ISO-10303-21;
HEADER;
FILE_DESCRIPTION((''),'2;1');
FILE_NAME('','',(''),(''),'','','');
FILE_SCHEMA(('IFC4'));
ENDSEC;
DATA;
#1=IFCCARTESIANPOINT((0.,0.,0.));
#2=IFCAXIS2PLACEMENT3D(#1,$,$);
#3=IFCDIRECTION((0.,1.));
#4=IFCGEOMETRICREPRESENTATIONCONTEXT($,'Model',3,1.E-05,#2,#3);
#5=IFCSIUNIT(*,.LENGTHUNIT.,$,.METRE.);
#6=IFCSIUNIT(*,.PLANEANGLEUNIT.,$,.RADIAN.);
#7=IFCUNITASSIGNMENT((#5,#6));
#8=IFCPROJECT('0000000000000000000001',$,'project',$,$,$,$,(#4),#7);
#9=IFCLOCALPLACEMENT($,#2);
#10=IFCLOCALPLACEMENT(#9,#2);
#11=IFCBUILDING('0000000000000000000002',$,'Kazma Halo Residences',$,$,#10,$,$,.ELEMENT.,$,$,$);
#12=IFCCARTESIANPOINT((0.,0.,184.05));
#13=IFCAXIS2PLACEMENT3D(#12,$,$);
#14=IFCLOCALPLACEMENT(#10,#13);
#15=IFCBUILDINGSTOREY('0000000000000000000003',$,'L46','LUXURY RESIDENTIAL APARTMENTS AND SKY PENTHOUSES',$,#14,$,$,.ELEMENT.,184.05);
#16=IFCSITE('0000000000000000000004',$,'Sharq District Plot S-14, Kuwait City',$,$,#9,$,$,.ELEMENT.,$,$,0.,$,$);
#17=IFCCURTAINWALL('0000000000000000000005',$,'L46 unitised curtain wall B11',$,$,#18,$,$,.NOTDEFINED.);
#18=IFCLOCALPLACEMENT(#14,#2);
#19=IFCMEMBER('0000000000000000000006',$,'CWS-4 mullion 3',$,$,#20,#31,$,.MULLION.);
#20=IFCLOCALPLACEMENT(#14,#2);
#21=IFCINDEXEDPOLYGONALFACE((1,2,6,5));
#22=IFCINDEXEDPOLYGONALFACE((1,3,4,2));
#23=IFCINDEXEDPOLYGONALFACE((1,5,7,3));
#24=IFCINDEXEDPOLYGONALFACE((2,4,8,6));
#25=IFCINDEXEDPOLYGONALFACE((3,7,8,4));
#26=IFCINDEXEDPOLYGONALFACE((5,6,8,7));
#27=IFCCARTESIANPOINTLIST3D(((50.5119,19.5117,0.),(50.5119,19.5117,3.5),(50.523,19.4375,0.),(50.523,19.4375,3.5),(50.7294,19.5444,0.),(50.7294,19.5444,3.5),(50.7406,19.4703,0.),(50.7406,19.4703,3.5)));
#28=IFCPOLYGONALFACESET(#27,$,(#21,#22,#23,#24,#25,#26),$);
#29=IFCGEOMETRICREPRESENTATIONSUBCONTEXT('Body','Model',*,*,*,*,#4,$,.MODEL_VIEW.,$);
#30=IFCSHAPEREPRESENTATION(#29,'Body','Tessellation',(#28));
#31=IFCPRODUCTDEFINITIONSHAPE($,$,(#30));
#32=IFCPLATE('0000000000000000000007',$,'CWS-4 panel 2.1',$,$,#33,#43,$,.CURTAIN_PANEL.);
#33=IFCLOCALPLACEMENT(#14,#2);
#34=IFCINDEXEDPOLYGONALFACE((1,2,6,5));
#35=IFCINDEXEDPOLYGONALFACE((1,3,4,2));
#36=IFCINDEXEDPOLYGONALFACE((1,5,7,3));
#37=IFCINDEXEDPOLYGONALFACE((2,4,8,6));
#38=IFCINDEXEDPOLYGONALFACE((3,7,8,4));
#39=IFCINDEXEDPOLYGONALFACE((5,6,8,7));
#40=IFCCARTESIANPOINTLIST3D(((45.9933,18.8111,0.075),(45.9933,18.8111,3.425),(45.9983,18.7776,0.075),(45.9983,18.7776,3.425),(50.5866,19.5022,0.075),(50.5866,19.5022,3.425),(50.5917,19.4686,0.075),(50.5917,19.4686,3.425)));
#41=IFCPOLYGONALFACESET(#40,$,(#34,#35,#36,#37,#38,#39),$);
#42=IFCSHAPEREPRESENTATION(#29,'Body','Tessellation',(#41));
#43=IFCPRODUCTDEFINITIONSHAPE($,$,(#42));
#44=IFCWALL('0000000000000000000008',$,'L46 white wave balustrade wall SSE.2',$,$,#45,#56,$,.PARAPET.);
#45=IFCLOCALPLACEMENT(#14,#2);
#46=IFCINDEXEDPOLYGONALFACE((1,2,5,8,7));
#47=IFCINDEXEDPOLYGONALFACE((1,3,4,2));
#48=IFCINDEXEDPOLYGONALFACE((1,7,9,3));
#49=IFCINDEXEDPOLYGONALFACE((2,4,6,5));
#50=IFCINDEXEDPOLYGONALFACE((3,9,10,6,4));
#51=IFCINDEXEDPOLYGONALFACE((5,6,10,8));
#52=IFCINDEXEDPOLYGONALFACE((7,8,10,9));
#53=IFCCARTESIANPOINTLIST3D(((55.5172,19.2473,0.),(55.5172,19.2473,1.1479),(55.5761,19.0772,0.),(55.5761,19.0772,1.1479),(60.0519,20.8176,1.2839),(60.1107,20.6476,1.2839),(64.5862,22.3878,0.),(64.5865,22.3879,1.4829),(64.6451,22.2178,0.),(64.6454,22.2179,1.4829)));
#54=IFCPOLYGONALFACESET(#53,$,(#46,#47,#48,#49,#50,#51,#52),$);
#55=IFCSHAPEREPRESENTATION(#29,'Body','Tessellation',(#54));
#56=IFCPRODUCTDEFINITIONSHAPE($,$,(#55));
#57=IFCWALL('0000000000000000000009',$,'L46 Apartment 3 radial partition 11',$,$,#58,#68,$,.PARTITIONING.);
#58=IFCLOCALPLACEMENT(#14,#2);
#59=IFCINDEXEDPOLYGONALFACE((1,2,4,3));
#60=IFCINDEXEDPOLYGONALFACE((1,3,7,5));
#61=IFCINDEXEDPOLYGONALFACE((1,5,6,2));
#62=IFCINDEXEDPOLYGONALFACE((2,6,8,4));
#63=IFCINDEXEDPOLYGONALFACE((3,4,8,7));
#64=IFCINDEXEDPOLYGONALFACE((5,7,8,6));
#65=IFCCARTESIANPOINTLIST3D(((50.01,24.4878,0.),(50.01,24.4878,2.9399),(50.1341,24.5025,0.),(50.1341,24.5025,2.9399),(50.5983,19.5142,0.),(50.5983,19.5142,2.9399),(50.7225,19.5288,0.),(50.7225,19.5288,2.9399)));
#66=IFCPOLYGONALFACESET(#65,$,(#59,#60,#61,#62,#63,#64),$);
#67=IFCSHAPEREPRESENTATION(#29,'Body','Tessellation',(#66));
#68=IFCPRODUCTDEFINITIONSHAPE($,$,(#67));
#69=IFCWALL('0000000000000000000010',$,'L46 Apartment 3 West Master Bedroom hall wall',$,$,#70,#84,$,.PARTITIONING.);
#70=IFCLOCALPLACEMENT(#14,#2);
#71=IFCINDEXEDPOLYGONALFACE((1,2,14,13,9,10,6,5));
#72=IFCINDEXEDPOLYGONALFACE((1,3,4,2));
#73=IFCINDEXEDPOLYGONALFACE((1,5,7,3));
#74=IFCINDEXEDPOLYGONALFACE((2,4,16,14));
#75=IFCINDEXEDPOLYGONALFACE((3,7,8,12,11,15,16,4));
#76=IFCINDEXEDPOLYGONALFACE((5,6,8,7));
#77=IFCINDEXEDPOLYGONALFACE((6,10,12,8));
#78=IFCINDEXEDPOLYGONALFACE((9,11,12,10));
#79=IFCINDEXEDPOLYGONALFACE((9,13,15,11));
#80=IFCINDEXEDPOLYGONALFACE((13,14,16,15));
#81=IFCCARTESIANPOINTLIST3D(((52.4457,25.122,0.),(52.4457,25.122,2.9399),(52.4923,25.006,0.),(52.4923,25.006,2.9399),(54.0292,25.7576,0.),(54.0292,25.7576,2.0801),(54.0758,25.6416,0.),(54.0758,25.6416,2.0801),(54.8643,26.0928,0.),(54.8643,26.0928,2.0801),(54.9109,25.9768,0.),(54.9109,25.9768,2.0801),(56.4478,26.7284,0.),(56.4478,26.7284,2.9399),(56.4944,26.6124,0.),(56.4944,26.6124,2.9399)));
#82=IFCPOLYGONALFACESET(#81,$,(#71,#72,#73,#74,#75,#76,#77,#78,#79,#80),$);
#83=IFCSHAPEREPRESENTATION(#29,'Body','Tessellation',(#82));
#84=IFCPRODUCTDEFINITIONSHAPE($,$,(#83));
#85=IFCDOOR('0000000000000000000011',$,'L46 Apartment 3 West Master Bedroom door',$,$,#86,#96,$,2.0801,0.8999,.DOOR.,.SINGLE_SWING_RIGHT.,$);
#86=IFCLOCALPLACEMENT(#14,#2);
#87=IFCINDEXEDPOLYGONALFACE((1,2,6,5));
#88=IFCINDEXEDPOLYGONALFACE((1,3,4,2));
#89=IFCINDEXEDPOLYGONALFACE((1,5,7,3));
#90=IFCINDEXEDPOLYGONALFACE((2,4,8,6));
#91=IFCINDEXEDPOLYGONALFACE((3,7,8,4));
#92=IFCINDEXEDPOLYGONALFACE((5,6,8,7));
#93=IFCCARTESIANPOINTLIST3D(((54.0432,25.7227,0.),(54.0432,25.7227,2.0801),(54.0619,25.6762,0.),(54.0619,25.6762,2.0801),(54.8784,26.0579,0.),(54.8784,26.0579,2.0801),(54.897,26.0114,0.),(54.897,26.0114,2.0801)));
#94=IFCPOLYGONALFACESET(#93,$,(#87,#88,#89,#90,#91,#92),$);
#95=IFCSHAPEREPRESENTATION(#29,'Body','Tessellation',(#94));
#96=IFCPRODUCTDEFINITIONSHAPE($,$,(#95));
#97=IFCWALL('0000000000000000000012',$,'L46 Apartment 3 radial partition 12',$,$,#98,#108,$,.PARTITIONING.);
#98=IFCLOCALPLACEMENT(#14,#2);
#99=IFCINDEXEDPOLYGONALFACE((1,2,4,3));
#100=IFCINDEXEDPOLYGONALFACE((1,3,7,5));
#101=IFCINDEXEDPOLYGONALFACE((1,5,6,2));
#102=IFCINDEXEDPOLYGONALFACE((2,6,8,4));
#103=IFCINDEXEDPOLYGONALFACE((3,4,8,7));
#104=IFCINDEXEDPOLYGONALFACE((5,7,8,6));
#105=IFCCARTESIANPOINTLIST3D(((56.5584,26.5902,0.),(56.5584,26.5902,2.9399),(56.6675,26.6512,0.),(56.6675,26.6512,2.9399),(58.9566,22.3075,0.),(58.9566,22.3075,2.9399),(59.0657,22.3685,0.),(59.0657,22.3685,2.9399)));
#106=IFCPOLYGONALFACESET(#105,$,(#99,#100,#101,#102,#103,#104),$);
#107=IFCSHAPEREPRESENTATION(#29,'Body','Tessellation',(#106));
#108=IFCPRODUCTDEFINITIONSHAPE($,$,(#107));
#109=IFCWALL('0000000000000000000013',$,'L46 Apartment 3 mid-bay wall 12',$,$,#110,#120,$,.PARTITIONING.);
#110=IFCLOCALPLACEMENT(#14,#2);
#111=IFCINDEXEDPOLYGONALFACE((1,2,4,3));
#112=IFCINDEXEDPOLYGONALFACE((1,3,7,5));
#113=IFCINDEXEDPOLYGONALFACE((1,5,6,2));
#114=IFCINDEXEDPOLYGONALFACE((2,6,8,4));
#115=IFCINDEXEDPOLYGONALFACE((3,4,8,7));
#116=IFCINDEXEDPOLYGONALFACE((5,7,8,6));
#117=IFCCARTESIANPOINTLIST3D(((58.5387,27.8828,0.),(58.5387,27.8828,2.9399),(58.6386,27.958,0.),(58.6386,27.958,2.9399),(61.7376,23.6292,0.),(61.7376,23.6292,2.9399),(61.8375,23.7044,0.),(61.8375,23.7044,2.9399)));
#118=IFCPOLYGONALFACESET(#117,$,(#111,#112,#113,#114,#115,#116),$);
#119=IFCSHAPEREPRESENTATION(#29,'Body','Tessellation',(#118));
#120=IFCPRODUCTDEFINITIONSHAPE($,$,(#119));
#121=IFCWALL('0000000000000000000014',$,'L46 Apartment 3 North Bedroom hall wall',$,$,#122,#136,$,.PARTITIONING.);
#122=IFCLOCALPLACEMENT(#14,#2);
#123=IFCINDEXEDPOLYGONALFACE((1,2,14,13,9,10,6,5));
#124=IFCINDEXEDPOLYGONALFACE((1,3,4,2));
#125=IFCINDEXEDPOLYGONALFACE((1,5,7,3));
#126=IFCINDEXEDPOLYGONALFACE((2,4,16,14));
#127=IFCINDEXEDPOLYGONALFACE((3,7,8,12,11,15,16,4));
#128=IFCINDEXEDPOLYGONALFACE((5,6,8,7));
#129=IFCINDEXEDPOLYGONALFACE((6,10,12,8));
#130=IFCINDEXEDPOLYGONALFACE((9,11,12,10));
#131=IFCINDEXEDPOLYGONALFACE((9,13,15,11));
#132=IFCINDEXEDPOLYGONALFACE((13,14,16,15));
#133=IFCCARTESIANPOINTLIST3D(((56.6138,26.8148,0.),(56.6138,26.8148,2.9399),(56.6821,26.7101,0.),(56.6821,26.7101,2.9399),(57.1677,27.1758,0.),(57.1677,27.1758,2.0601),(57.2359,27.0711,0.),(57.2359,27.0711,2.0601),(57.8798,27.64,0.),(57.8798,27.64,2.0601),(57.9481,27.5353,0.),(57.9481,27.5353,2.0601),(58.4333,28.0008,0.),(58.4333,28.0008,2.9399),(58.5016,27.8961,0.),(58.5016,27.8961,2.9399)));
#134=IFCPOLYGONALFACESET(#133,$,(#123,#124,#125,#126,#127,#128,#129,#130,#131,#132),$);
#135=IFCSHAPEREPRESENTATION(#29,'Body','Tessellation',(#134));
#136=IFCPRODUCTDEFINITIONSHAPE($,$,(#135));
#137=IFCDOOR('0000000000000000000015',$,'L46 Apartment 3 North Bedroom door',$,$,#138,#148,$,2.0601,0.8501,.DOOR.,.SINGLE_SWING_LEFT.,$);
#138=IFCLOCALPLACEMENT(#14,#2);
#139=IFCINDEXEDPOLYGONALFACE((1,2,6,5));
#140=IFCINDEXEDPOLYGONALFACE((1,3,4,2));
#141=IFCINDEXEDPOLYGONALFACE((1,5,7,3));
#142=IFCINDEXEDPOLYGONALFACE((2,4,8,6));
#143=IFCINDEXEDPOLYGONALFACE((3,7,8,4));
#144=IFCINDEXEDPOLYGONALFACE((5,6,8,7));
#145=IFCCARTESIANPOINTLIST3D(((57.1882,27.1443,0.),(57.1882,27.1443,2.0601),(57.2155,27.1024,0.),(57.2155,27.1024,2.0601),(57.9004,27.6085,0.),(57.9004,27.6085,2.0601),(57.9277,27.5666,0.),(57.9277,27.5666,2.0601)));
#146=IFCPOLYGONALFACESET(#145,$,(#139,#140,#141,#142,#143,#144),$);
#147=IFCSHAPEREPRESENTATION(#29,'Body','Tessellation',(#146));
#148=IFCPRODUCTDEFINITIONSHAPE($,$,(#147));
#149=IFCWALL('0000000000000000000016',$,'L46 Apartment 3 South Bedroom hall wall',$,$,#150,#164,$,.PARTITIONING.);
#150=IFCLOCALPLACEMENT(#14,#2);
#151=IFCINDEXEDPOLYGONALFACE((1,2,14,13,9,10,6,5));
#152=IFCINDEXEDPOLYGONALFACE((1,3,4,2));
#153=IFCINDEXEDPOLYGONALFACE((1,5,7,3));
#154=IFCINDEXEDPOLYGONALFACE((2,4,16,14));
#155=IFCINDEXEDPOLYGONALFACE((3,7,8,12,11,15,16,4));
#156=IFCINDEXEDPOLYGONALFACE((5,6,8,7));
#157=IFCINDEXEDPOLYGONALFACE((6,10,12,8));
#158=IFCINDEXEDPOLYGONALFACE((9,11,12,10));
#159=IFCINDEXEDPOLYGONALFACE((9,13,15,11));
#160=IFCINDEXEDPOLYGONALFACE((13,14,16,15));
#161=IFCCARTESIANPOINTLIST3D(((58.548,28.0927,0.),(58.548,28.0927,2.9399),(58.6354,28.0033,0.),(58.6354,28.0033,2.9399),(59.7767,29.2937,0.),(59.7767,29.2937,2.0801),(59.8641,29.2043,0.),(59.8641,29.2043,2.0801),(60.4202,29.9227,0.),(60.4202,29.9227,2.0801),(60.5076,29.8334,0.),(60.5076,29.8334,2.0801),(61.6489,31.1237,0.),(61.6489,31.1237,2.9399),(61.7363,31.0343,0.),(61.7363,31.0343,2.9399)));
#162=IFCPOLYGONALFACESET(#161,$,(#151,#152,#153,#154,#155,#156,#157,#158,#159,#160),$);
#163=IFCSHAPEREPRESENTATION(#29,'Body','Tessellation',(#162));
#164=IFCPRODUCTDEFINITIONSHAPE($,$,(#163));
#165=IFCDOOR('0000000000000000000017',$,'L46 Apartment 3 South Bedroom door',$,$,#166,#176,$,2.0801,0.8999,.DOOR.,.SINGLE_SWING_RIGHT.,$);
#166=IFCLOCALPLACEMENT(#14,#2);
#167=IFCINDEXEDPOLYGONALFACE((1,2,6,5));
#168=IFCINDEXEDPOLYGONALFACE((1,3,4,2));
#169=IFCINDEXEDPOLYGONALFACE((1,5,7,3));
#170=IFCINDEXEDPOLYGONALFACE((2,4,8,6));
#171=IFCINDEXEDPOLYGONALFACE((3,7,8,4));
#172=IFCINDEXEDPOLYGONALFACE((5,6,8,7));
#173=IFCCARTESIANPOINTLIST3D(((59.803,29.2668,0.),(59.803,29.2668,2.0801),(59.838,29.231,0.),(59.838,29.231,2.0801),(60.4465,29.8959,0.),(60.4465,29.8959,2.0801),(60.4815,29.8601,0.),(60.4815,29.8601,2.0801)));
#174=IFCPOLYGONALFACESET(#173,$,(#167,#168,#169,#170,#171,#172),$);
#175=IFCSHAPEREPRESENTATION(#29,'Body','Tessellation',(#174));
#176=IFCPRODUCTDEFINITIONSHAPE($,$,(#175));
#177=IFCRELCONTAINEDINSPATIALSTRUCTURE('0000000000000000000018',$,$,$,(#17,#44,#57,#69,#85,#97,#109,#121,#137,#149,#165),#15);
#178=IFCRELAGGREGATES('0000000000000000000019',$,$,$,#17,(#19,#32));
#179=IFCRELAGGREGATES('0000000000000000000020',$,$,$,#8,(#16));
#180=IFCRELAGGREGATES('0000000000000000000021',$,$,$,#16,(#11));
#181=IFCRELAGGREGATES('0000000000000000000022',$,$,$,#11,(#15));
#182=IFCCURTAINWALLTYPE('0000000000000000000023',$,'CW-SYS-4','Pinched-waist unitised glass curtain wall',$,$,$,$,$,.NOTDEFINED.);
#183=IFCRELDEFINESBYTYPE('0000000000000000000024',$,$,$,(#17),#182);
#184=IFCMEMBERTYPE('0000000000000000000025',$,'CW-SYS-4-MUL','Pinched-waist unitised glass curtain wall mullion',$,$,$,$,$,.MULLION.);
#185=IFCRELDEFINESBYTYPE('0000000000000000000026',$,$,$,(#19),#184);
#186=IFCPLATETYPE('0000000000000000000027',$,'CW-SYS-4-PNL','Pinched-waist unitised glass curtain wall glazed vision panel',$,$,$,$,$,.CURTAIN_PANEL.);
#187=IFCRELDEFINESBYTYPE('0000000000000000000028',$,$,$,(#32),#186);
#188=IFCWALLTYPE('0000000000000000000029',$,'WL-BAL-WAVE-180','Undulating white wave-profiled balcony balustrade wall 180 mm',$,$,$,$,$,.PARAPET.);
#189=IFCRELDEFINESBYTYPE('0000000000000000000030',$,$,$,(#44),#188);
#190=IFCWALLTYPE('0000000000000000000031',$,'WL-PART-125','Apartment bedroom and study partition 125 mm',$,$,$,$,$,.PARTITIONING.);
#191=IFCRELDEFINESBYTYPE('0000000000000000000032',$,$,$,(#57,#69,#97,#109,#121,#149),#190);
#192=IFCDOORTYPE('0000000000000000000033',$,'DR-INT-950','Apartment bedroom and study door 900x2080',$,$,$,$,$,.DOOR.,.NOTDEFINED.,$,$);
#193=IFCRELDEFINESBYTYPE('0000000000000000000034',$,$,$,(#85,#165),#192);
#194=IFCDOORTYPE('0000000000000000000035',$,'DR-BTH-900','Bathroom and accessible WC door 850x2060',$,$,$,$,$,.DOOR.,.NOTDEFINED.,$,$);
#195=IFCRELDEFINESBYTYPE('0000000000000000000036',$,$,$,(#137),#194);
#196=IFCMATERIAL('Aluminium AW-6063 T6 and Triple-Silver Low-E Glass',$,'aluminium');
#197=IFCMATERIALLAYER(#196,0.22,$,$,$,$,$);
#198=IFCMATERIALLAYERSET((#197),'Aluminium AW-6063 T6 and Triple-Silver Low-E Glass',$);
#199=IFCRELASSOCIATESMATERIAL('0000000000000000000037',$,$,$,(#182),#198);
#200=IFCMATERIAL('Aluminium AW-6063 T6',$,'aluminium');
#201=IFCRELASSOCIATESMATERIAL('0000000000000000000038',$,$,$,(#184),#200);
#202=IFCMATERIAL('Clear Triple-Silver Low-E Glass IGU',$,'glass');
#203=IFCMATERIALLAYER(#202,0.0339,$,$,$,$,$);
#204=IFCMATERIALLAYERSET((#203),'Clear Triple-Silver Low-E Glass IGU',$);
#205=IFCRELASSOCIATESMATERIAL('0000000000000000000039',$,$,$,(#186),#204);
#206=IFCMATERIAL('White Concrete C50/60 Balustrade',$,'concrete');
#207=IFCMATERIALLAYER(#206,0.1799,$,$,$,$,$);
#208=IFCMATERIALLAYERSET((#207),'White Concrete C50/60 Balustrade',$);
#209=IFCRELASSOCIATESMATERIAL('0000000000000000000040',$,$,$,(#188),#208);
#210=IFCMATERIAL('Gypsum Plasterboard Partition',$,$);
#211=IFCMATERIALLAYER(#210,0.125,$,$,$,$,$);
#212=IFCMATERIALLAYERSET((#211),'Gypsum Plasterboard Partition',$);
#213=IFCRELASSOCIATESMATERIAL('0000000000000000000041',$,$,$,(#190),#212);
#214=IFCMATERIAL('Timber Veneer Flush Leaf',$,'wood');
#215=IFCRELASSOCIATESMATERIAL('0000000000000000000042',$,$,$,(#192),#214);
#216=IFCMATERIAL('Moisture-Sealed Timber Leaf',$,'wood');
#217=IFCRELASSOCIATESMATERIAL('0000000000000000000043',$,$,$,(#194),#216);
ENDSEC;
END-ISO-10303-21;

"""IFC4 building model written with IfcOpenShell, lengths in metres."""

from ifc_helpers import new_model, si_unit, direction, frame, frame_2d, origin, origin_2d, place, context, subcontext, project, spatial, polyline, rectangle, outline, extrude, material, layer, layer_set, material_profile, profile_set, type_object, element, fill, aggregate, save


model = new_model("IFC4")

# Units and contexts
model_context = context("Model", 3, precision=1e-05, world=origin(), true_north=direction((0.0, 1.0)))
body_context = subcontext(model_context, "Body", "Model", "MODEL_VIEW")
ifc_project = project(units=[si_unit("LENGTHUNIT", "METRE"), si_unit("PLANEANGLEUNIT", "RADIAN")], contexts=[model_context])

# Site, building, storey
site_placement = place(None, origin())
site = spatial("IfcSite", under=ifc_project, at=site_placement, Name="Sharq District Plot S-14, Kuwait City", CompositionType="ELEMENT", RefElevation=0.0)
building_placement = place(site_placement, origin())
building = spatial("IfcBuilding", under=site, at=building_placement, Name="Kazma Halo Residences", CompositionType="ELEMENT")
storey_placement = place(building_placement, frame((0.0, 0.0, 184.05)))
storey = spatial("IfcBuildingStorey", under=building, at=storey_placement, Name="L46", Description="LUXURY RESIDENTIAL APARTMENTS AND SKY PENTHOUSES", CompositionType="ELEMENT", Elevation=184.05)

# Curtain wall, member, plate
ifc_material_1 = material(Name="Aluminium AW-6063 T6 and Triple-Silver Low-E Glass", Category="aluminium")
ifc_layer_1 = layer(ifc_material_1, 0.22)
ifc_layer_set_1 = layer_set([ifc_layer_1], Name="Aluminium AW-6063 T6 and Triple-Silver Low-E Glass")
curtain_wall_type = type_object("IfcCurtainWallType", Name="CW-SYS-4", Description="Pinched-waist unitised glass curtain wall", PredefinedType="NOTDEFINED", material=ifc_layer_set_1)
curtain_wall_placement = place(storey_placement, origin())
curtain_wall = element("IfcCurtainWall", 1, at=curtain_wall_placement, inside=storey, type_object=curtain_wall_type, Name="L46 unitised curtain wall B11", PredefinedType="NOTDEFINED")
ifc_material_2 = material(Name="Aluminium AW-6063 T6", Category="aluminium")
ifc_material_profile_1 = material_profile(ifc_material_2, rectangle(XDim=0.075, YDim=0.22, at=origin_2d()), Name="CWM-75x220")
ifc_profile_set_1 = profile_set([ifc_material_profile_1], Name="Aluminium AW-6063 T6")
member_type = type_object("IfcMemberType", Name="CW-SYS-4-MUL", Description="Pinched-waist unitised glass curtain wall mullion", PredefinedType="MULLION", material=ifc_profile_set_1)
member_placement = place(storey_placement, frame((50.6262, 19.491, 0.0), z_axis=(0.0, 0.0, 1.0), x_axis=(-0.148773, 0.988871, 0.0)))
member = element("IfcMember", 2, at=member_placement, type_object=member_type, Name="CWS-4 mullion 3", PredefinedType="MULLION", context=body_context, shape_type="SweptSolid", body=[
    extrude(rectangle(XDim=0.075, YDim=0.22, at=origin_2d()), origin(), (0.0, 0.0, 1.0), 3.5),
])
ifc_material_3 = material(Name="Clear Triple-Silver Low-E Glass IGU", Category="glass")
ifc_layer_2 = layer(ifc_material_3, 0.0339)
ifc_layer_set_2 = layer_set([ifc_layer_2], Name="Clear Triple-Silver Low-E Glass IGU")
plate_type = type_object("IfcPlateType", Name="CW-SYS-4-PNL", Description="Pinched-waist unitised glass curtain wall glazed vision panel", PredefinedType="CURTAIN_PANEL", material=ifc_layer_set_2)
plate_placement = place(storey_placement, frame((48.2925, 19.1399, 0.075), z_axis=(0.0, 0.0, 1.0), x_axis=(0.988871, 0.148773, 0.0)))
plate = element("IfcPlate", 3, at=plate_placement, type_object=plate_type, Name="CWS-4 panel 2.1", PredefinedType="CURTAIN_PANEL", context=body_context, shape_type="SweptSolid", body=[
    extrude(rectangle(XDim=4.645, YDim=0.0339, at=origin_2d()), origin(), (0.0, 0.0, 1.0), 3.3501),
])
aggregate(curtain_wall, [member, plate])

# Wall
ifc_material_4 = material(Name="White Concrete C50/60 Balustrade", Category="concrete")
ifc_layer_3 = layer(ifc_material_4, 0.1799)
ifc_layer_set_3 = layer_set([ifc_layer_3], Name="White Concrete C50/60 Balustrade")
wall_type_1 = type_object("IfcWallType", Name="WL-BAL-WAVE-180", Description="Undulating white wave-profiled balcony balustrade wall 180 mm", PredefinedType="PARAPET", material=ifc_layer_set_3)
wall_1_placement = place(storey_placement, frame((55.5466, 19.1624, 0.0), z_axis=(0.0, 0.0, 1.0), x_axis=(0.944943, 0.327234, 0.0)))
element("IfcWall", 4, at=wall_1_placement, inside=storey, type_object=wall_type_1, Name="L46 white wave balustrade wall SSE.2", PredefinedType="PARAPET", context=body_context, shape_type="SweptSolid", body=[
    extrude(outline(polyline([(0.0, 0.0), (9.5974, 0.0), (9.5977, 1.4829), (4.7988, 1.2839), (0.0, 1.1479), (0.0, 0.0)])), frame((0.0, 0.0898, 0.0), z_axis=(0.0, -1.0, 0.0), x_axis=(1.0, 0.0, 0.0)), (0.0, 0.0, 1.0), 0.1799),
])

# Wall
ifc_material_5 = material(Name="Gypsum Plasterboard Partition")
ifc_layer_4 = layer(ifc_material_5, 0.125)
ifc_layer_set_4 = layer_set([ifc_layer_4], Name="Gypsum Plasterboard Partition")
wall_type_2 = type_object("IfcWallType", Name="WL-PART-125", Description="Apartment bedroom and study partition 125 mm", PredefinedType="PARTITIONING", material=ifc_layer_set_4)
wall_2_placement = place(storey_placement, frame((50.072, 24.4951, 0.0), z_axis=(0.0, 0.0, 1.0), x_axis=(0.11748, -0.993075, 0.0)))
element("IfcWall", 5, at=wall_2_placement, inside=storey, type_object=wall_type_2, Name="L46 Apartment 3 radial partition 11", PredefinedType="PARTITIONING", context=body_context, shape_type="SweptSolid", body=[
    extrude(rectangle(XDim=5.0083, YDim=0.125, at=frame_2d((2.5042, 0.0))), origin(), (0.0, 0.0, 1.0), 2.9399),
])

# Wall, opening, door
wall_3_placement = place(storey_placement, frame((52.469, 25.064, 0.0), z_axis=(0.0, 0.0, 1.0), x_axis=(0.928031, 0.372503, 0.0)))
wall_3 = element("IfcWall", 6, at=wall_3_placement, inside=storey, type_object=wall_type_2, Name="L46 Apartment 3 West Master Bedroom hall wall", PredefinedType="PARTITIONING", context=body_context, shape_type="SweptSolid", body=[
    extrude(rectangle(XDim=4.3125, YDim=0.125, at=frame_2d((2.1562, 0.0))), origin(), (0.0, 0.0, 1.0), 2.9399),
])
opening_1_placement = place(wall_3_placement, frame((1.7063, 0.0, 0.0)))
opening_1 = element("IfcOpeningElement", 7, at=opening_1_placement, cuts=wall_3, PredefinedType="OPENING", context=body_context, shape_type="SweptSolid", body=[
    extrude(rectangle(XDim=0.8999, YDim=2.0801, at=frame_2d((0.45, 1.04))), frame((0.0, 0.0725, 0.0), z_axis=(0.0, -1.0, 0.0), x_axis=(1.0, 0.0, 0.0)), (0.0, 0.0, 1.0), 0.145),
])
ifc_material_6 = material(Name="Timber Veneer Flush Leaf", Category="wood")
door_type_1 = type_object("IfcDoorType", Name="DR-INT-950", Description="Apartment bedroom and study door 900x2080", OperationType="NOTDEFINED", PredefinedType="DOOR", material=ifc_material_6)
door_1_placement = place(opening_1_placement, origin())
door_1 = element("IfcDoor", 8, at=door_1_placement, inside=storey, type_object=door_type_1, Name="L46 Apartment 3 West Master Bedroom door", OperationType="SINGLE_SWING_RIGHT", OverallHeight=2.0801, OverallWidth=0.8999, PredefinedType="DOOR", context=body_context, shape_type="SweptSolid", body=[
    extrude(rectangle(XDim=0.8999, YDim=2.0801, at=frame_2d((0.45, 1.04))), frame((0.0, 0.0249, 0.0), z_axis=(0.0, -1.0, 0.0), x_axis=(1.0, 0.0, 0.0)), (0.0, 0.0, 1.0), 0.05),
])
fill(opening_1, door_1)

# Walls
wall_4_placement = place(storey_placement, frame((56.613, 26.6206, 0.0), z_axis=(0.0, 0.0, 1.0), x_axis=(0.488584, -0.872517, 0.0)))
element("IfcWall", 9, at=wall_4_placement, inside=storey, type_object=wall_type_2, Name="L46 Apartment 3 radial partition 12", PredefinedType="PARTITIONING", context=body_context, shape_type="SweptSolid", body=[
    extrude(rectangle(XDim=4.9084, YDim=0.125, at=frame_2d((2.4541, 0.0))), origin(), (0.0, 0.0, 1.0), 2.9399),
])
wall_5_placement = place(storey_placement, frame((58.5886, 27.9204, 0.0), z_axis=(0.0, 0.0, 1.0), x_axis=(0.601049, -0.799212, 0.0)))
element("IfcWall", 10, at=wall_5_placement, inside=storey, type_object=wall_type_2, Name="L46 Apartment 3 mid-bay wall 12", PredefinedType="PARTITIONING", context=body_context, shape_type="SweptSolid", body=[
    extrude(rectangle(XDim=5.3223, YDim=0.125, at=frame_2d((2.6611, 0.0))), origin(), (0.0, 0.0, 1.0), 2.9399),
])

# Walls, openings, doors
wall_6_placement = place(storey_placement, frame((56.6479, 26.7625, 0.0), z_axis=(0.0, 0.0, 1.0), x_axis=(0.837747, 0.546059, 0.0)))
wall_6 = element("IfcWall", 11, at=wall_6_placement, inside=storey, type_object=wall_type_2, Name="L46 Apartment 3 North Bedroom hall wall", PredefinedType="PARTITIONING", context=body_context, shape_type="SweptSolid", body=[
    extrude(rectangle(XDim=2.1719, YDim=0.125, at=frame_2d((1.0859, 0.0))), origin(), (0.0, 0.0, 1.0), 2.9399),
])
opening_2_placement = place(wall_6_placement, frame((0.6611, 0.0, 0.0)))
opening_2 = element("IfcOpeningElement", 12, at=opening_2_placement, cuts=wall_6, PredefinedType="OPENING", context=body_context, shape_type="SweptSolid", body=[
    extrude(rectangle(XDim=0.8501, YDim=2.0601, at=frame_2d((0.425, 1.03))), frame((0.0, 0.0725, 0.0), z_axis=(0.0, -1.0, 0.0), x_axis=(1.0, 0.0, 0.0)), (0.0, 0.0, 1.0), 0.145),
])
ifc_material_7 = material(Name="Moisture-Sealed Timber Leaf", Category="wood")
door_type_2 = type_object("IfcDoorType", Name="DR-BTH-900", Description="Bathroom and accessible WC door 850x2060", OperationType="NOTDEFINED", PredefinedType="DOOR", material=ifc_material_7)
door_2_placement = place(opening_2_placement, origin())
door_2 = element("IfcDoor", 13, at=door_2_placement, inside=storey, type_object=door_type_2, Name="L46 Apartment 3 North Bedroom door", OperationType="SINGLE_SWING_LEFT", OverallHeight=2.0601, OverallWidth=0.8501, PredefinedType="DOOR", context=body_context, shape_type="SweptSolid", body=[
    extrude(rectangle(XDim=0.8501, YDim=2.0601, at=frame_2d((0.425, 1.03))), frame((0.0, 0.0249, 0.0), z_axis=(0.0, -1.0, 0.0), x_axis=(1.0, 0.0, 0.0)), (0.0, 0.0, 1.0), 0.05),
])
fill(opening_2, door_2)
wall_7_placement = place(storey_placement, frame((58.5918, 28.0481, 0.0), z_axis=(0.0, 0.0, 1.0), x_axis=(0.715112, 0.69901, 0.0)))
wall_7 = element("IfcWall", 14, at=wall_7_placement, inside=storey, type_object=wall_type_2, Name="L46 Apartment 3 South Bedroom hall wall", PredefinedType="PARTITIONING", context=body_context, shape_type="SweptSolid", body=[
    extrude(rectangle(XDim=4.3362, YDim=0.125, at=frame_2d((2.168, 0.0))), origin(), (0.0, 0.0, 1.0), 2.9399),
])
opening_3_placement = place(wall_7_placement, frame((1.718, 0.0, 0.0)))
opening_3 = element("IfcOpeningElement", 15, at=opening_3_placement, cuts=wall_7, PredefinedType="OPENING", context=body_context, shape_type="SweptSolid", body=[
    extrude(rectangle(XDim=0.8999, YDim=2.0801, at=frame_2d((0.45, 1.04))), frame((0.0, 0.0725, 0.0), z_axis=(0.0, -1.0, 0.0), x_axis=(1.0, 0.0, 0.0)), (0.0, 0.0, 1.0), 0.145),
])
door_3_placement = place(opening_3_placement, origin())
door_3 = element("IfcDoor", 16, at=door_3_placement, inside=storey, type_object=door_type_1, Name="L46 Apartment 3 South Bedroom door", OperationType="SINGLE_SWING_RIGHT", OverallHeight=2.0801, OverallWidth=0.8999, PredefinedType="DOOR", context=body_context, shape_type="SweptSolid", body=[
    extrude(rectangle(XDim=0.8999, YDim=2.0801, at=frame_2d((0.45, 1.04))), frame((0.0, 0.0249, 0.0), z_axis=(0.0, -1.0, 0.0), x_axis=(1.0, 0.0, 0.0)), (0.0, 0.0, 1.0), 0.05),
])
fill(opening_3, door_3)

save(model, "model.ifc")
